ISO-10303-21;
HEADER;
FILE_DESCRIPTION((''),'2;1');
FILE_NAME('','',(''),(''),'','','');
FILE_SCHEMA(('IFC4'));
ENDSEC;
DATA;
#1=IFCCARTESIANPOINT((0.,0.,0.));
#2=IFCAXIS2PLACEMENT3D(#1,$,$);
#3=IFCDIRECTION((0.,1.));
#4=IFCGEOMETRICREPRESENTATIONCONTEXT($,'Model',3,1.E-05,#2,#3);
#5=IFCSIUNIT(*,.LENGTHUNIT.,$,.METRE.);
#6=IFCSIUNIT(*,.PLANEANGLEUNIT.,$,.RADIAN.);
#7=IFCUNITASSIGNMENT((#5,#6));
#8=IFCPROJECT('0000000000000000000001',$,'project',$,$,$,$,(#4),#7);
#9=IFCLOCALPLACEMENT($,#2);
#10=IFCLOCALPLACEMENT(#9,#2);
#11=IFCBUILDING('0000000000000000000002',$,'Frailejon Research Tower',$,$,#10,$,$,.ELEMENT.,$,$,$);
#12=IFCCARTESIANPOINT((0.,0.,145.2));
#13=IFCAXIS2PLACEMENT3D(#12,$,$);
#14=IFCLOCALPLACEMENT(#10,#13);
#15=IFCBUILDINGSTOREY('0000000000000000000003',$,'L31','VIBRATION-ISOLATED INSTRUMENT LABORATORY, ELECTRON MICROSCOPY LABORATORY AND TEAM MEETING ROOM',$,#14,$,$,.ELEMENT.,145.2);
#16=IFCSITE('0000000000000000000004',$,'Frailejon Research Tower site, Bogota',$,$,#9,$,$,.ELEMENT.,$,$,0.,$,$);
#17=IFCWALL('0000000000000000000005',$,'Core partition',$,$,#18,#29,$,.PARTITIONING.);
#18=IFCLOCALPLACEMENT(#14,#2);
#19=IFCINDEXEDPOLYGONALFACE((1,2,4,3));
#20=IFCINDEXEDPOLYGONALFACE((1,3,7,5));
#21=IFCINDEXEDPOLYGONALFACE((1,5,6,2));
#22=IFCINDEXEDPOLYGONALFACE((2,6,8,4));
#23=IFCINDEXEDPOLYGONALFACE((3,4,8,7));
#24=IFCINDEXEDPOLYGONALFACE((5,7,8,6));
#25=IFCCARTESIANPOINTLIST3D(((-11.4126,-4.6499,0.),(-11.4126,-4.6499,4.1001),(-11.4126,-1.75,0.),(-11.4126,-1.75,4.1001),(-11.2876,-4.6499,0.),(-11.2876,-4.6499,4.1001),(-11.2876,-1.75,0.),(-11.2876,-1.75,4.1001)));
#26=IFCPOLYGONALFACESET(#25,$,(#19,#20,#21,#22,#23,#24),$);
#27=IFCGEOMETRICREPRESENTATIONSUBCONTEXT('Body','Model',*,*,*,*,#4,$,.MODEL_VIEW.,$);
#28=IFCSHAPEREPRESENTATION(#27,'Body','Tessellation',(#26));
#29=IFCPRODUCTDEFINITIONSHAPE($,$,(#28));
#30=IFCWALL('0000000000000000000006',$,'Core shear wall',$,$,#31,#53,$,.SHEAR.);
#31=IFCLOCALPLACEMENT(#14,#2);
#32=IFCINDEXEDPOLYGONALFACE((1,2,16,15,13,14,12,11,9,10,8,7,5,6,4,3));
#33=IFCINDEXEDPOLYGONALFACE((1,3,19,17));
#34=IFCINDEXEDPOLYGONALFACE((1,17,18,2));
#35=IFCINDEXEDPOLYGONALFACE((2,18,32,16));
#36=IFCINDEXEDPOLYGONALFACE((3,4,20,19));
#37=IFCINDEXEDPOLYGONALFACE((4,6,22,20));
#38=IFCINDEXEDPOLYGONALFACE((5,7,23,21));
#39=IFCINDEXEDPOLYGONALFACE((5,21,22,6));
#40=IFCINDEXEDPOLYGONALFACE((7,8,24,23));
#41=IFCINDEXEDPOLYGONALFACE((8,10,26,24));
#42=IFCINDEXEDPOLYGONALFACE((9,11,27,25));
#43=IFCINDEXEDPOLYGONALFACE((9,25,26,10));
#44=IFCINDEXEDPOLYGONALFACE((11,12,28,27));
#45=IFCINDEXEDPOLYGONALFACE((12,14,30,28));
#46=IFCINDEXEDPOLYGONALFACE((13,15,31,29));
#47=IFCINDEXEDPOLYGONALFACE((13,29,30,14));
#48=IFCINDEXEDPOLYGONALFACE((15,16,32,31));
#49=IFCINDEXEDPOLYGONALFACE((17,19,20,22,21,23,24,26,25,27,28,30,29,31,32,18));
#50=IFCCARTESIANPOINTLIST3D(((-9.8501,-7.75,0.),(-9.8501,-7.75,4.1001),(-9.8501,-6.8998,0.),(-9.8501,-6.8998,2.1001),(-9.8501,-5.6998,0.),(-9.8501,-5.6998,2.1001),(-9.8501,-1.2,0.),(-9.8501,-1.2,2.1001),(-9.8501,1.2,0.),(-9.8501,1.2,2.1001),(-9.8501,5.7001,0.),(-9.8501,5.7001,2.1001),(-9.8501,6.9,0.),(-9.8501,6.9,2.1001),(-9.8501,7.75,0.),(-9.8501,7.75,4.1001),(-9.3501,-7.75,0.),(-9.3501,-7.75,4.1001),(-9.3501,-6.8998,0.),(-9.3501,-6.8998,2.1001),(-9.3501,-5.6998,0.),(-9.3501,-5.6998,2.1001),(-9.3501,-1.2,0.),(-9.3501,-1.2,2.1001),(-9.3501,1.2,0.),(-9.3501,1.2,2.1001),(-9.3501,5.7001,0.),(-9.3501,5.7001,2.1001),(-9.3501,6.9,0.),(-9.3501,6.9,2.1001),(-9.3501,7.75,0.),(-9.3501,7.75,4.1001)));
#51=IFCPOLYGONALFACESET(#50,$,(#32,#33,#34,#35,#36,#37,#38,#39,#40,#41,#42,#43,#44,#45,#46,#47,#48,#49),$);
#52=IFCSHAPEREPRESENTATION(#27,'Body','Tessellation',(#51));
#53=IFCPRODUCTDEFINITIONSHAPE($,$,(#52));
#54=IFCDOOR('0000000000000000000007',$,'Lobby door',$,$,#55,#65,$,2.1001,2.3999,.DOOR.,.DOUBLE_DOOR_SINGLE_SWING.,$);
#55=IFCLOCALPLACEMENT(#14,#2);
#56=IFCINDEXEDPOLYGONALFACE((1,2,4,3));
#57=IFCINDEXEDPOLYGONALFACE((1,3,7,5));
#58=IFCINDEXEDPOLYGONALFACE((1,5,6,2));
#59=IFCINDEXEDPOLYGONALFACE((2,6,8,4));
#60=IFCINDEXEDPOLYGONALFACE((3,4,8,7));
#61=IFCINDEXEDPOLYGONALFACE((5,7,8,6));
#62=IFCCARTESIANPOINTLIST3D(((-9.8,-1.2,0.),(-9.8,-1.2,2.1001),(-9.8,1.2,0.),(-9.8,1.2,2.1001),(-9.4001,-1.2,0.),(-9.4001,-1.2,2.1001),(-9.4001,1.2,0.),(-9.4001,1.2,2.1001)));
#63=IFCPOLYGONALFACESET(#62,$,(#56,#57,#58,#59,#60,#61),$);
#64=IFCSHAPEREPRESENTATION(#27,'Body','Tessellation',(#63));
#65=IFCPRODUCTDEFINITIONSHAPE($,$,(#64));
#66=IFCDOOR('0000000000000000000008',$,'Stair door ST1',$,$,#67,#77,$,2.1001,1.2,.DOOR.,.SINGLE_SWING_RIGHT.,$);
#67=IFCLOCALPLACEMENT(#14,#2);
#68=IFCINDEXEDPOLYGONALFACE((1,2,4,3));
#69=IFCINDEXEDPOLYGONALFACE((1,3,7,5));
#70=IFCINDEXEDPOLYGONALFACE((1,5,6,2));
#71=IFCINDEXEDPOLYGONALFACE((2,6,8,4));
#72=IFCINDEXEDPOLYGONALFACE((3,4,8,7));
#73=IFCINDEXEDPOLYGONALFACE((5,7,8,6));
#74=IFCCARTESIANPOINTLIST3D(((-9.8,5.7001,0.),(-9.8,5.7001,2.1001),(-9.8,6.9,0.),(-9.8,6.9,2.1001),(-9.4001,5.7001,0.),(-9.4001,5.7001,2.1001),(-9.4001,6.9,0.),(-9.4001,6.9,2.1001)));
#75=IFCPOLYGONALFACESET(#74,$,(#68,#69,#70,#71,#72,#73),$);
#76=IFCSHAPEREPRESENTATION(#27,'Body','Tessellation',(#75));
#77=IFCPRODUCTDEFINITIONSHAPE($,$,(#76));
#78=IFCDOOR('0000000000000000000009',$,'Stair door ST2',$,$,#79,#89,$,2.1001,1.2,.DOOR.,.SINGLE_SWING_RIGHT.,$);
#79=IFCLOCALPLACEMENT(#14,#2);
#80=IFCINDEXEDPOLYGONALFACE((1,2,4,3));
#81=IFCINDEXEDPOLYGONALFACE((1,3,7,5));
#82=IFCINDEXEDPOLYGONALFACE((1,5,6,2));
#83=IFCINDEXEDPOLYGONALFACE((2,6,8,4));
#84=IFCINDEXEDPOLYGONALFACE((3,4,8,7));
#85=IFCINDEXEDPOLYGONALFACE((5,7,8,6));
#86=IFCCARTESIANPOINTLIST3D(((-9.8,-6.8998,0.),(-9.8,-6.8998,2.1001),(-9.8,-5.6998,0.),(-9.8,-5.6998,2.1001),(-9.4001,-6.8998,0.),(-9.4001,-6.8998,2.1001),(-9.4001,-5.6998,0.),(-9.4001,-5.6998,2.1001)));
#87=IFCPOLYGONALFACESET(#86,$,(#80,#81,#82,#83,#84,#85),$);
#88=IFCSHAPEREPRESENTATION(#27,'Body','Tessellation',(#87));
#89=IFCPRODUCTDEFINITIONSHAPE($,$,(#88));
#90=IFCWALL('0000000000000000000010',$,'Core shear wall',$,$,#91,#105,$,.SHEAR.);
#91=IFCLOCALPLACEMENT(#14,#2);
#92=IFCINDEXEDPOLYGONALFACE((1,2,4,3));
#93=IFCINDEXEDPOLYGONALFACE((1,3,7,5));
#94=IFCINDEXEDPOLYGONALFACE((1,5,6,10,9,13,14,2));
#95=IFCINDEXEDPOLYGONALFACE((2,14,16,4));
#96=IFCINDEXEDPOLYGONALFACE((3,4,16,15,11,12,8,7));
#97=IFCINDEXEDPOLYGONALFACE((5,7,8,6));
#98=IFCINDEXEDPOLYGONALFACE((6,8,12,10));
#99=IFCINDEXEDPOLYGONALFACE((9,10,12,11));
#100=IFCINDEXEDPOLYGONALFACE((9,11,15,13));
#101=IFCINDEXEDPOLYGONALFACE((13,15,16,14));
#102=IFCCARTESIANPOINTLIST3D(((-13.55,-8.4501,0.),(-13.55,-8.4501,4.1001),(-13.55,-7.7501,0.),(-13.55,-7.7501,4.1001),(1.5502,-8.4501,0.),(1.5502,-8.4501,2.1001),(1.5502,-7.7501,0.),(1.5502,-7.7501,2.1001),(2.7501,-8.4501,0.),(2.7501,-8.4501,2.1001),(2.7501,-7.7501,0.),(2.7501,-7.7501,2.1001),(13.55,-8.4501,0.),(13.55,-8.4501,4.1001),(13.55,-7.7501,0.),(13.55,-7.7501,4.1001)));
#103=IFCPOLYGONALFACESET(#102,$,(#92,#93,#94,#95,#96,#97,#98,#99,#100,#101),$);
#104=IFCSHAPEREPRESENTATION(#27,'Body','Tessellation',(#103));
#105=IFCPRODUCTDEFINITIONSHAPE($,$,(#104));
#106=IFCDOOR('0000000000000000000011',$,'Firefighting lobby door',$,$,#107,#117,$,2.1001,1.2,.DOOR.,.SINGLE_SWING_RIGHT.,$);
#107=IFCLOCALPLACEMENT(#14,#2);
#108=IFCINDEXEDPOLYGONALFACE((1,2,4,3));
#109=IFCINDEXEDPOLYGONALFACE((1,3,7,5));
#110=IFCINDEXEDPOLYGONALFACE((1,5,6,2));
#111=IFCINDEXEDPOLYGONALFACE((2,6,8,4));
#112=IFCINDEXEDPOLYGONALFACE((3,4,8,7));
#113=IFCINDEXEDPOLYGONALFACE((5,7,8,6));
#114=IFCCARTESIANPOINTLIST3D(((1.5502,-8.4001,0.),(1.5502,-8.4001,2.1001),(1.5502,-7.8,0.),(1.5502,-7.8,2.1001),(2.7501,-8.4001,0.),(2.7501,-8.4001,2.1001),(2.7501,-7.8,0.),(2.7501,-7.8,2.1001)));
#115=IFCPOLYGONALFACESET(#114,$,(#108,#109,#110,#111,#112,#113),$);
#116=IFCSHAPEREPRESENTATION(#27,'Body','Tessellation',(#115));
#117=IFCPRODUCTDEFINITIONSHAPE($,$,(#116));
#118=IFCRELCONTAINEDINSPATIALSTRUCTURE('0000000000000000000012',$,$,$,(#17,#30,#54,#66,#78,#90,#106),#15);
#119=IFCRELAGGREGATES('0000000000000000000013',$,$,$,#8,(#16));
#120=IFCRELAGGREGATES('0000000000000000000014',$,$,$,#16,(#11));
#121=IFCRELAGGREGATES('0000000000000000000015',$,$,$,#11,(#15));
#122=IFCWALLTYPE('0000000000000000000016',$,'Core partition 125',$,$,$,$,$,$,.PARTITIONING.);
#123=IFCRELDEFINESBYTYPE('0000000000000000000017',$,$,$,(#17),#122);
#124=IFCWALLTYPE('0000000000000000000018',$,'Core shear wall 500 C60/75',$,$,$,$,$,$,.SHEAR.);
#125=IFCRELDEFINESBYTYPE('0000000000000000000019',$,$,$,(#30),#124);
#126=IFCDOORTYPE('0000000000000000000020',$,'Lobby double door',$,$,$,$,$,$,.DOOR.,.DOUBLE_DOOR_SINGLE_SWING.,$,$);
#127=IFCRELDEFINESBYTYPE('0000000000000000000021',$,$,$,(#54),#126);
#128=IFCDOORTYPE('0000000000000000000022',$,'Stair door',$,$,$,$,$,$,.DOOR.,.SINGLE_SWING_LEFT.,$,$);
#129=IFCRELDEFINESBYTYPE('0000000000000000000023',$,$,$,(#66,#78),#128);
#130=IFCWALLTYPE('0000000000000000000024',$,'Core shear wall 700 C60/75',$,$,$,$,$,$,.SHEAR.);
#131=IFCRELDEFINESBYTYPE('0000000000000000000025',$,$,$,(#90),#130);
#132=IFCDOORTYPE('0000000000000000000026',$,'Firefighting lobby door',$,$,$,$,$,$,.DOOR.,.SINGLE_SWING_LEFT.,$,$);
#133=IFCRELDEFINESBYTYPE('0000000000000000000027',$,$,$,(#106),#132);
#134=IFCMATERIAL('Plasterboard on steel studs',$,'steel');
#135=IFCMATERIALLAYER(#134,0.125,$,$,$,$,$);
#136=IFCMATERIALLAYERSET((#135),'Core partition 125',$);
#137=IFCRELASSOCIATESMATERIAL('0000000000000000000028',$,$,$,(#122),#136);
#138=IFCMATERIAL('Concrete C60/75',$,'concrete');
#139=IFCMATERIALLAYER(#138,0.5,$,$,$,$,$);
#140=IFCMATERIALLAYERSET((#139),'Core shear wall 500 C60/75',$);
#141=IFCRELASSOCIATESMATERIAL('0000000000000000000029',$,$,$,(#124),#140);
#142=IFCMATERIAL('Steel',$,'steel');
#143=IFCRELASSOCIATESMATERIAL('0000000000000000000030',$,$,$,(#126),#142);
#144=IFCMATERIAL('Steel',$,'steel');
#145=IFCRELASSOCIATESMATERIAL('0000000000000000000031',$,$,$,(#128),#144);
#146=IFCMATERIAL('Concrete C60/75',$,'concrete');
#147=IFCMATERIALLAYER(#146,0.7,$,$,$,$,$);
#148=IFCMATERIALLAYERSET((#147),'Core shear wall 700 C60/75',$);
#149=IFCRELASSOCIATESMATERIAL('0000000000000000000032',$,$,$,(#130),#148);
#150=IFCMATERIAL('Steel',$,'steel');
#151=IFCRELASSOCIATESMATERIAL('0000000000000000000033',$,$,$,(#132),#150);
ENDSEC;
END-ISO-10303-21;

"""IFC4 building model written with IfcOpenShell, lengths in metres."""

from ifc_helpers import new_model, si_unit, direction, frame, frame_2d, origin, place, context, subcontext, project, spatial, rectangle, extrude, material, layer, layer_set, type_object, element, fill, save


model = new_model("IFC4")

# Units and contexts
model_context = context("Model", 3, precision=1e-05, world=origin(), true_north=direction((0.0, 1.0)))
body_context = subcontext(model_context, "Body", "Model", "MODEL_VIEW")
ifc_project = project(units=[si_unit("LENGTHUNIT", "METRE"), si_unit("PLANEANGLEUNIT", "RADIAN")], contexts=[model_context])

# Site, building, storey
site_placement = place(None, origin())
site = spatial("IfcSite", under=ifc_project, at=site_placement, Name="Frailejon Research Tower site, Bogota", CompositionType="ELEMENT", RefElevation=0.0)
building_placement = place(site_placement, origin())
building = spatial("IfcBuilding", under=site, at=building_placement, Name="Frailejon Research Tower", CompositionType="ELEMENT")
storey_placement = place(building_placement, frame((0.0, 0.0, 145.2)))
storey = spatial("IfcBuildingStorey", under=building, at=storey_placement, Name="L31", Description="VIBRATION-ISOLATED INSTRUMENT LABORATORY, ELECTRON MICROSCOPY LABORATORY AND TEAM MEETING ROOM", CompositionType="ELEMENT", Elevation=145.2)

# Wall
ifc_material_1 = material(Name="Plasterboard on steel studs", Category="steel")
ifc_layer_1 = layer(ifc_material_1, 0.125)
ifc_layer_set_1 = layer_set([ifc_layer_1], Name="Core partition 125")
wall_type_1 = type_object("IfcWallType", Name="Core partition 125", PredefinedType="PARTITIONING", material=ifc_layer_set_1)
wall_1_placement = place(storey_placement, frame((-11.3501, -4.6499, 0.0), z_axis=(0.0, 0.0, 1.0), x_axis=(0.0, 1.0, 0.0)))
element("IfcWall", 1, at=wall_1_placement, inside=storey, type_object=wall_type_1, Name="Core partition", PredefinedType="PARTITIONING", context=body_context, shape_type="SweptSolid", body=[
    extrude(rectangle(XDim=2.8999, YDim=0.125, at=frame_2d((1.45, 0.0))), origin(), (0.0, 0.0, 1.0), 4.1001),
])

# Wall, openings, doors
ifc_material_2 = material(Name="Concrete C60/75", Category="concrete")
ifc_layer_2 = layer(ifc_material_2, 0.5)
ifc_layer_set_2 = layer_set([ifc_layer_2], Name="Core shear wall 500 C60/75")
wall_type_2 = type_object("IfcWallType", Name="Core shear wall 500 C60/75", PredefinedType="SHEAR", material=ifc_layer_set_2)
wall_2_placement = place(storey_placement, frame((-9.6001, -7.75, 0.0), z_axis=(0.0, 0.0, 1.0), x_axis=(0.0, 1.0, 0.0)))
wall_2 = element("IfcWall", 2, at=wall_2_placement, inside=storey, type_object=wall_type_2, Name="Core shear wall", PredefinedType="SHEAR", context=body_context, shape_type="SweptSolid", body=[
    extrude(rectangle(XDim=15.5, YDim=0.5, at=frame_2d((7.75, 0.0))), origin(), (0.0, 0.0, 1.0), 4.1001),
])
opening_1_placement = place(wall_2_placement, frame((6.55, 0.0, 0.0)))
opening_1 = element("IfcOpeningElement", 3, at=opening_1_placement, cuts=wall_2, PredefinedType="OPENING", context=body_context, shape_type="SweptSolid", body=[
    extrude(rectangle(XDim=2.3999, YDim=2.1001, at=frame_2d((1.2, 1.05))), frame((0.0, 0.26, 0.0), z_axis=(0.0, -1.0, 0.0), x_axis=(1.0, 0.0, 0.0)), (0.0, 0.0, 1.0), 0.52),
])
opening_2_placement = place(wall_2_placement, frame((13.45, 0.0, 0.0)))
opening_2 = element("IfcOpeningElement", 4, at=opening_2_placement, cuts=wall_2, PredefinedType="OPENING", context=body_context, shape_type="SweptSolid", body=[
    extrude(rectangle(XDim=1.2, YDim=2.1001, at=frame_2d((0.6001, 1.05))), frame((0.0, 0.26, 0.0), z_axis=(0.0, -1.0, 0.0), x_axis=(1.0, 0.0, 0.0)), (0.0, 0.0, 1.0), 0.52),
])
opening_3_placement = place(wall_2_placement, frame((0.8501, 0.0, 0.0)))
opening_3 = element("IfcOpeningElement", 5, at=opening_3_placement, cuts=wall_2, PredefinedType="OPENING", context=body_context, shape_type="SweptSolid", body=[
    extrude(rectangle(XDim=1.2, YDim=2.1001, at=frame_2d((0.6001, 1.05))), frame((0.0, 0.26, 0.0), z_axis=(0.0, -1.0, 0.0), x_axis=(1.0, 0.0, 0.0)), (0.0, 0.0, 1.0), 0.52),
])
ifc_material_3 = material(Name="Steel", Category="steel")
door_type_1 = type_object("IfcDoorType", Name="Lobby double door", OperationType="DOUBLE_DOOR_SINGLE_SWING", PredefinedType="DOOR", material=ifc_material_3)
door_1_placement = place(opening_1_placement, origin())
door_1 = element("IfcDoor", 6, at=door_1_placement, inside=storey, type_object=door_type_1, Name="Lobby door", OperationType="DOUBLE_DOOR_SINGLE_SWING", OverallHeight=2.1001, OverallWidth=2.3999, PredefinedType="DOOR", context=body_context, shape_type="SweptSolid", body=[
    extrude(rectangle(XDim=2.3999, YDim=2.1001, at=frame_2d((1.2, 1.05))), frame((0.0, 0.2, 0.0), z_axis=(0.0, -1.0, 0.0), x_axis=(1.0, 0.0, 0.0)), (0.0, 0.0, 1.0), 0.3999),
])
fill(opening_1, door_1)
ifc_material_4 = material(Name="Steel", Category="steel")
door_type_2 = type_object("IfcDoorType", Name="Stair door", OperationType="SINGLE_SWING_LEFT", PredefinedType="DOOR", material=ifc_material_4)
door_2_placement = place(opening_2_placement, origin())
door_2 = element("IfcDoor", 7, at=door_2_placement, inside=storey, type_object=door_type_2, Name="Stair door ST1", OperationType="SINGLE_SWING_RIGHT", OverallHeight=2.1001, OverallWidth=1.2, PredefinedType="DOOR", context=body_context, shape_type="SweptSolid", body=[
    extrude(rectangle(XDim=1.2, YDim=2.1001, at=frame_2d((0.6001, 1.05))), frame((0.0, 0.2, 0.0), z_axis=(0.0, -1.0, 0.0), x_axis=(1.0, 0.0, 0.0)), (0.0, 0.0, 1.0), 0.3999),
])
fill(opening_2, door_2)
door_3_placement = place(opening_3_placement, origin())
door_3 = element("IfcDoor", 8, at=door_3_placement, inside=storey, type_object=door_type_2, Name="Stair door ST2", OperationType="SINGLE_SWING_RIGHT", OverallHeight=2.1001, OverallWidth=1.2, PredefinedType="DOOR", context=body_context, shape_type="SweptSolid", body=[
    extrude(rectangle(XDim=1.2, YDim=2.1001, at=frame_2d((0.6001, 1.05))), frame((0.0, 0.2, 0.0), z_axis=(0.0, -1.0, 0.0), x_axis=(1.0, 0.0, 0.0)), (0.0, 0.0, 1.0), 0.3999),
])
fill(opening_3, door_3)

# Wall, opening, door
ifc_material_5 = material(Name="Concrete C60/75", Category="concrete")
ifc_layer_3 = layer(ifc_material_5, 0.7)
ifc_layer_set_3 = layer_set([ifc_layer_3], Name="Core shear wall 700 C60/75")
wall_type_3 = type_object("IfcWallType", Name="Core shear wall 700 C60/75", PredefinedType="SHEAR", material=ifc_layer_set_3)
wall_3_placement = place(storey_placement, frame((-13.55, -8.1001, 0.0), z_axis=(0.0, 0.0, 1.0), x_axis=(1.0, 0.0, 0.0)))
wall_3 = element("IfcWall", 9, at=wall_3_placement, inside=storey, type_object=wall_type_3, Name="Core shear wall", PredefinedType="SHEAR", context=body_context, shape_type="SweptSolid", body=[
    extrude(rectangle(XDim=27.1001, YDim=0.7, at=frame_2d((13.55, 0.0))), origin(), (0.0, 0.0, 1.0), 4.1001),
])
opening_4_placement = place(wall_3_placement, frame((15.1001, 0.0, 0.0)))
opening_4 = element("IfcOpeningElement", 10, at=opening_4_placement, cuts=wall_3, PredefinedType="OPENING", context=body_context, shape_type="SweptSolid", body=[
    extrude(rectangle(XDim=1.2, YDim=2.1001, at=frame_2d((0.6001, 1.05))), frame((0.0, 0.3599, 0.0), z_axis=(0.0, -1.0, 0.0), x_axis=(1.0, 0.0, 0.0)), (0.0, 0.0, 1.0), 0.72),
])
ifc_material_6 = material(Name="Steel", Category="steel")
door_type_3 = type_object("IfcDoorType", Name="Firefighting lobby door", OperationType="SINGLE_SWING_LEFT", PredefinedType="DOOR", material=ifc_material_6)
door_4_placement = place(opening_4_placement, origin())
door_4 = element("IfcDoor", 11, at=door_4_placement, inside=storey, type_object=door_type_3, Name="Firefighting lobby door", OperationType="SINGLE_SWING_RIGHT", OverallHeight=2.1001, OverallWidth=1.2, PredefinedType="DOOR", context=body_context, shape_type="SweptSolid", body=[
    extrude(rectangle(XDim=1.2, YDim=2.1001, at=frame_2d((0.6001, 1.05))), frame((0.0, 0.3, 0.0), z_axis=(0.0, -1.0, 0.0), x_axis=(1.0, 0.0, 0.0)), (0.0, 0.0, 1.0), 0.6001),
])
fill(opening_4, door_4)

save(model, "model.ifc")
